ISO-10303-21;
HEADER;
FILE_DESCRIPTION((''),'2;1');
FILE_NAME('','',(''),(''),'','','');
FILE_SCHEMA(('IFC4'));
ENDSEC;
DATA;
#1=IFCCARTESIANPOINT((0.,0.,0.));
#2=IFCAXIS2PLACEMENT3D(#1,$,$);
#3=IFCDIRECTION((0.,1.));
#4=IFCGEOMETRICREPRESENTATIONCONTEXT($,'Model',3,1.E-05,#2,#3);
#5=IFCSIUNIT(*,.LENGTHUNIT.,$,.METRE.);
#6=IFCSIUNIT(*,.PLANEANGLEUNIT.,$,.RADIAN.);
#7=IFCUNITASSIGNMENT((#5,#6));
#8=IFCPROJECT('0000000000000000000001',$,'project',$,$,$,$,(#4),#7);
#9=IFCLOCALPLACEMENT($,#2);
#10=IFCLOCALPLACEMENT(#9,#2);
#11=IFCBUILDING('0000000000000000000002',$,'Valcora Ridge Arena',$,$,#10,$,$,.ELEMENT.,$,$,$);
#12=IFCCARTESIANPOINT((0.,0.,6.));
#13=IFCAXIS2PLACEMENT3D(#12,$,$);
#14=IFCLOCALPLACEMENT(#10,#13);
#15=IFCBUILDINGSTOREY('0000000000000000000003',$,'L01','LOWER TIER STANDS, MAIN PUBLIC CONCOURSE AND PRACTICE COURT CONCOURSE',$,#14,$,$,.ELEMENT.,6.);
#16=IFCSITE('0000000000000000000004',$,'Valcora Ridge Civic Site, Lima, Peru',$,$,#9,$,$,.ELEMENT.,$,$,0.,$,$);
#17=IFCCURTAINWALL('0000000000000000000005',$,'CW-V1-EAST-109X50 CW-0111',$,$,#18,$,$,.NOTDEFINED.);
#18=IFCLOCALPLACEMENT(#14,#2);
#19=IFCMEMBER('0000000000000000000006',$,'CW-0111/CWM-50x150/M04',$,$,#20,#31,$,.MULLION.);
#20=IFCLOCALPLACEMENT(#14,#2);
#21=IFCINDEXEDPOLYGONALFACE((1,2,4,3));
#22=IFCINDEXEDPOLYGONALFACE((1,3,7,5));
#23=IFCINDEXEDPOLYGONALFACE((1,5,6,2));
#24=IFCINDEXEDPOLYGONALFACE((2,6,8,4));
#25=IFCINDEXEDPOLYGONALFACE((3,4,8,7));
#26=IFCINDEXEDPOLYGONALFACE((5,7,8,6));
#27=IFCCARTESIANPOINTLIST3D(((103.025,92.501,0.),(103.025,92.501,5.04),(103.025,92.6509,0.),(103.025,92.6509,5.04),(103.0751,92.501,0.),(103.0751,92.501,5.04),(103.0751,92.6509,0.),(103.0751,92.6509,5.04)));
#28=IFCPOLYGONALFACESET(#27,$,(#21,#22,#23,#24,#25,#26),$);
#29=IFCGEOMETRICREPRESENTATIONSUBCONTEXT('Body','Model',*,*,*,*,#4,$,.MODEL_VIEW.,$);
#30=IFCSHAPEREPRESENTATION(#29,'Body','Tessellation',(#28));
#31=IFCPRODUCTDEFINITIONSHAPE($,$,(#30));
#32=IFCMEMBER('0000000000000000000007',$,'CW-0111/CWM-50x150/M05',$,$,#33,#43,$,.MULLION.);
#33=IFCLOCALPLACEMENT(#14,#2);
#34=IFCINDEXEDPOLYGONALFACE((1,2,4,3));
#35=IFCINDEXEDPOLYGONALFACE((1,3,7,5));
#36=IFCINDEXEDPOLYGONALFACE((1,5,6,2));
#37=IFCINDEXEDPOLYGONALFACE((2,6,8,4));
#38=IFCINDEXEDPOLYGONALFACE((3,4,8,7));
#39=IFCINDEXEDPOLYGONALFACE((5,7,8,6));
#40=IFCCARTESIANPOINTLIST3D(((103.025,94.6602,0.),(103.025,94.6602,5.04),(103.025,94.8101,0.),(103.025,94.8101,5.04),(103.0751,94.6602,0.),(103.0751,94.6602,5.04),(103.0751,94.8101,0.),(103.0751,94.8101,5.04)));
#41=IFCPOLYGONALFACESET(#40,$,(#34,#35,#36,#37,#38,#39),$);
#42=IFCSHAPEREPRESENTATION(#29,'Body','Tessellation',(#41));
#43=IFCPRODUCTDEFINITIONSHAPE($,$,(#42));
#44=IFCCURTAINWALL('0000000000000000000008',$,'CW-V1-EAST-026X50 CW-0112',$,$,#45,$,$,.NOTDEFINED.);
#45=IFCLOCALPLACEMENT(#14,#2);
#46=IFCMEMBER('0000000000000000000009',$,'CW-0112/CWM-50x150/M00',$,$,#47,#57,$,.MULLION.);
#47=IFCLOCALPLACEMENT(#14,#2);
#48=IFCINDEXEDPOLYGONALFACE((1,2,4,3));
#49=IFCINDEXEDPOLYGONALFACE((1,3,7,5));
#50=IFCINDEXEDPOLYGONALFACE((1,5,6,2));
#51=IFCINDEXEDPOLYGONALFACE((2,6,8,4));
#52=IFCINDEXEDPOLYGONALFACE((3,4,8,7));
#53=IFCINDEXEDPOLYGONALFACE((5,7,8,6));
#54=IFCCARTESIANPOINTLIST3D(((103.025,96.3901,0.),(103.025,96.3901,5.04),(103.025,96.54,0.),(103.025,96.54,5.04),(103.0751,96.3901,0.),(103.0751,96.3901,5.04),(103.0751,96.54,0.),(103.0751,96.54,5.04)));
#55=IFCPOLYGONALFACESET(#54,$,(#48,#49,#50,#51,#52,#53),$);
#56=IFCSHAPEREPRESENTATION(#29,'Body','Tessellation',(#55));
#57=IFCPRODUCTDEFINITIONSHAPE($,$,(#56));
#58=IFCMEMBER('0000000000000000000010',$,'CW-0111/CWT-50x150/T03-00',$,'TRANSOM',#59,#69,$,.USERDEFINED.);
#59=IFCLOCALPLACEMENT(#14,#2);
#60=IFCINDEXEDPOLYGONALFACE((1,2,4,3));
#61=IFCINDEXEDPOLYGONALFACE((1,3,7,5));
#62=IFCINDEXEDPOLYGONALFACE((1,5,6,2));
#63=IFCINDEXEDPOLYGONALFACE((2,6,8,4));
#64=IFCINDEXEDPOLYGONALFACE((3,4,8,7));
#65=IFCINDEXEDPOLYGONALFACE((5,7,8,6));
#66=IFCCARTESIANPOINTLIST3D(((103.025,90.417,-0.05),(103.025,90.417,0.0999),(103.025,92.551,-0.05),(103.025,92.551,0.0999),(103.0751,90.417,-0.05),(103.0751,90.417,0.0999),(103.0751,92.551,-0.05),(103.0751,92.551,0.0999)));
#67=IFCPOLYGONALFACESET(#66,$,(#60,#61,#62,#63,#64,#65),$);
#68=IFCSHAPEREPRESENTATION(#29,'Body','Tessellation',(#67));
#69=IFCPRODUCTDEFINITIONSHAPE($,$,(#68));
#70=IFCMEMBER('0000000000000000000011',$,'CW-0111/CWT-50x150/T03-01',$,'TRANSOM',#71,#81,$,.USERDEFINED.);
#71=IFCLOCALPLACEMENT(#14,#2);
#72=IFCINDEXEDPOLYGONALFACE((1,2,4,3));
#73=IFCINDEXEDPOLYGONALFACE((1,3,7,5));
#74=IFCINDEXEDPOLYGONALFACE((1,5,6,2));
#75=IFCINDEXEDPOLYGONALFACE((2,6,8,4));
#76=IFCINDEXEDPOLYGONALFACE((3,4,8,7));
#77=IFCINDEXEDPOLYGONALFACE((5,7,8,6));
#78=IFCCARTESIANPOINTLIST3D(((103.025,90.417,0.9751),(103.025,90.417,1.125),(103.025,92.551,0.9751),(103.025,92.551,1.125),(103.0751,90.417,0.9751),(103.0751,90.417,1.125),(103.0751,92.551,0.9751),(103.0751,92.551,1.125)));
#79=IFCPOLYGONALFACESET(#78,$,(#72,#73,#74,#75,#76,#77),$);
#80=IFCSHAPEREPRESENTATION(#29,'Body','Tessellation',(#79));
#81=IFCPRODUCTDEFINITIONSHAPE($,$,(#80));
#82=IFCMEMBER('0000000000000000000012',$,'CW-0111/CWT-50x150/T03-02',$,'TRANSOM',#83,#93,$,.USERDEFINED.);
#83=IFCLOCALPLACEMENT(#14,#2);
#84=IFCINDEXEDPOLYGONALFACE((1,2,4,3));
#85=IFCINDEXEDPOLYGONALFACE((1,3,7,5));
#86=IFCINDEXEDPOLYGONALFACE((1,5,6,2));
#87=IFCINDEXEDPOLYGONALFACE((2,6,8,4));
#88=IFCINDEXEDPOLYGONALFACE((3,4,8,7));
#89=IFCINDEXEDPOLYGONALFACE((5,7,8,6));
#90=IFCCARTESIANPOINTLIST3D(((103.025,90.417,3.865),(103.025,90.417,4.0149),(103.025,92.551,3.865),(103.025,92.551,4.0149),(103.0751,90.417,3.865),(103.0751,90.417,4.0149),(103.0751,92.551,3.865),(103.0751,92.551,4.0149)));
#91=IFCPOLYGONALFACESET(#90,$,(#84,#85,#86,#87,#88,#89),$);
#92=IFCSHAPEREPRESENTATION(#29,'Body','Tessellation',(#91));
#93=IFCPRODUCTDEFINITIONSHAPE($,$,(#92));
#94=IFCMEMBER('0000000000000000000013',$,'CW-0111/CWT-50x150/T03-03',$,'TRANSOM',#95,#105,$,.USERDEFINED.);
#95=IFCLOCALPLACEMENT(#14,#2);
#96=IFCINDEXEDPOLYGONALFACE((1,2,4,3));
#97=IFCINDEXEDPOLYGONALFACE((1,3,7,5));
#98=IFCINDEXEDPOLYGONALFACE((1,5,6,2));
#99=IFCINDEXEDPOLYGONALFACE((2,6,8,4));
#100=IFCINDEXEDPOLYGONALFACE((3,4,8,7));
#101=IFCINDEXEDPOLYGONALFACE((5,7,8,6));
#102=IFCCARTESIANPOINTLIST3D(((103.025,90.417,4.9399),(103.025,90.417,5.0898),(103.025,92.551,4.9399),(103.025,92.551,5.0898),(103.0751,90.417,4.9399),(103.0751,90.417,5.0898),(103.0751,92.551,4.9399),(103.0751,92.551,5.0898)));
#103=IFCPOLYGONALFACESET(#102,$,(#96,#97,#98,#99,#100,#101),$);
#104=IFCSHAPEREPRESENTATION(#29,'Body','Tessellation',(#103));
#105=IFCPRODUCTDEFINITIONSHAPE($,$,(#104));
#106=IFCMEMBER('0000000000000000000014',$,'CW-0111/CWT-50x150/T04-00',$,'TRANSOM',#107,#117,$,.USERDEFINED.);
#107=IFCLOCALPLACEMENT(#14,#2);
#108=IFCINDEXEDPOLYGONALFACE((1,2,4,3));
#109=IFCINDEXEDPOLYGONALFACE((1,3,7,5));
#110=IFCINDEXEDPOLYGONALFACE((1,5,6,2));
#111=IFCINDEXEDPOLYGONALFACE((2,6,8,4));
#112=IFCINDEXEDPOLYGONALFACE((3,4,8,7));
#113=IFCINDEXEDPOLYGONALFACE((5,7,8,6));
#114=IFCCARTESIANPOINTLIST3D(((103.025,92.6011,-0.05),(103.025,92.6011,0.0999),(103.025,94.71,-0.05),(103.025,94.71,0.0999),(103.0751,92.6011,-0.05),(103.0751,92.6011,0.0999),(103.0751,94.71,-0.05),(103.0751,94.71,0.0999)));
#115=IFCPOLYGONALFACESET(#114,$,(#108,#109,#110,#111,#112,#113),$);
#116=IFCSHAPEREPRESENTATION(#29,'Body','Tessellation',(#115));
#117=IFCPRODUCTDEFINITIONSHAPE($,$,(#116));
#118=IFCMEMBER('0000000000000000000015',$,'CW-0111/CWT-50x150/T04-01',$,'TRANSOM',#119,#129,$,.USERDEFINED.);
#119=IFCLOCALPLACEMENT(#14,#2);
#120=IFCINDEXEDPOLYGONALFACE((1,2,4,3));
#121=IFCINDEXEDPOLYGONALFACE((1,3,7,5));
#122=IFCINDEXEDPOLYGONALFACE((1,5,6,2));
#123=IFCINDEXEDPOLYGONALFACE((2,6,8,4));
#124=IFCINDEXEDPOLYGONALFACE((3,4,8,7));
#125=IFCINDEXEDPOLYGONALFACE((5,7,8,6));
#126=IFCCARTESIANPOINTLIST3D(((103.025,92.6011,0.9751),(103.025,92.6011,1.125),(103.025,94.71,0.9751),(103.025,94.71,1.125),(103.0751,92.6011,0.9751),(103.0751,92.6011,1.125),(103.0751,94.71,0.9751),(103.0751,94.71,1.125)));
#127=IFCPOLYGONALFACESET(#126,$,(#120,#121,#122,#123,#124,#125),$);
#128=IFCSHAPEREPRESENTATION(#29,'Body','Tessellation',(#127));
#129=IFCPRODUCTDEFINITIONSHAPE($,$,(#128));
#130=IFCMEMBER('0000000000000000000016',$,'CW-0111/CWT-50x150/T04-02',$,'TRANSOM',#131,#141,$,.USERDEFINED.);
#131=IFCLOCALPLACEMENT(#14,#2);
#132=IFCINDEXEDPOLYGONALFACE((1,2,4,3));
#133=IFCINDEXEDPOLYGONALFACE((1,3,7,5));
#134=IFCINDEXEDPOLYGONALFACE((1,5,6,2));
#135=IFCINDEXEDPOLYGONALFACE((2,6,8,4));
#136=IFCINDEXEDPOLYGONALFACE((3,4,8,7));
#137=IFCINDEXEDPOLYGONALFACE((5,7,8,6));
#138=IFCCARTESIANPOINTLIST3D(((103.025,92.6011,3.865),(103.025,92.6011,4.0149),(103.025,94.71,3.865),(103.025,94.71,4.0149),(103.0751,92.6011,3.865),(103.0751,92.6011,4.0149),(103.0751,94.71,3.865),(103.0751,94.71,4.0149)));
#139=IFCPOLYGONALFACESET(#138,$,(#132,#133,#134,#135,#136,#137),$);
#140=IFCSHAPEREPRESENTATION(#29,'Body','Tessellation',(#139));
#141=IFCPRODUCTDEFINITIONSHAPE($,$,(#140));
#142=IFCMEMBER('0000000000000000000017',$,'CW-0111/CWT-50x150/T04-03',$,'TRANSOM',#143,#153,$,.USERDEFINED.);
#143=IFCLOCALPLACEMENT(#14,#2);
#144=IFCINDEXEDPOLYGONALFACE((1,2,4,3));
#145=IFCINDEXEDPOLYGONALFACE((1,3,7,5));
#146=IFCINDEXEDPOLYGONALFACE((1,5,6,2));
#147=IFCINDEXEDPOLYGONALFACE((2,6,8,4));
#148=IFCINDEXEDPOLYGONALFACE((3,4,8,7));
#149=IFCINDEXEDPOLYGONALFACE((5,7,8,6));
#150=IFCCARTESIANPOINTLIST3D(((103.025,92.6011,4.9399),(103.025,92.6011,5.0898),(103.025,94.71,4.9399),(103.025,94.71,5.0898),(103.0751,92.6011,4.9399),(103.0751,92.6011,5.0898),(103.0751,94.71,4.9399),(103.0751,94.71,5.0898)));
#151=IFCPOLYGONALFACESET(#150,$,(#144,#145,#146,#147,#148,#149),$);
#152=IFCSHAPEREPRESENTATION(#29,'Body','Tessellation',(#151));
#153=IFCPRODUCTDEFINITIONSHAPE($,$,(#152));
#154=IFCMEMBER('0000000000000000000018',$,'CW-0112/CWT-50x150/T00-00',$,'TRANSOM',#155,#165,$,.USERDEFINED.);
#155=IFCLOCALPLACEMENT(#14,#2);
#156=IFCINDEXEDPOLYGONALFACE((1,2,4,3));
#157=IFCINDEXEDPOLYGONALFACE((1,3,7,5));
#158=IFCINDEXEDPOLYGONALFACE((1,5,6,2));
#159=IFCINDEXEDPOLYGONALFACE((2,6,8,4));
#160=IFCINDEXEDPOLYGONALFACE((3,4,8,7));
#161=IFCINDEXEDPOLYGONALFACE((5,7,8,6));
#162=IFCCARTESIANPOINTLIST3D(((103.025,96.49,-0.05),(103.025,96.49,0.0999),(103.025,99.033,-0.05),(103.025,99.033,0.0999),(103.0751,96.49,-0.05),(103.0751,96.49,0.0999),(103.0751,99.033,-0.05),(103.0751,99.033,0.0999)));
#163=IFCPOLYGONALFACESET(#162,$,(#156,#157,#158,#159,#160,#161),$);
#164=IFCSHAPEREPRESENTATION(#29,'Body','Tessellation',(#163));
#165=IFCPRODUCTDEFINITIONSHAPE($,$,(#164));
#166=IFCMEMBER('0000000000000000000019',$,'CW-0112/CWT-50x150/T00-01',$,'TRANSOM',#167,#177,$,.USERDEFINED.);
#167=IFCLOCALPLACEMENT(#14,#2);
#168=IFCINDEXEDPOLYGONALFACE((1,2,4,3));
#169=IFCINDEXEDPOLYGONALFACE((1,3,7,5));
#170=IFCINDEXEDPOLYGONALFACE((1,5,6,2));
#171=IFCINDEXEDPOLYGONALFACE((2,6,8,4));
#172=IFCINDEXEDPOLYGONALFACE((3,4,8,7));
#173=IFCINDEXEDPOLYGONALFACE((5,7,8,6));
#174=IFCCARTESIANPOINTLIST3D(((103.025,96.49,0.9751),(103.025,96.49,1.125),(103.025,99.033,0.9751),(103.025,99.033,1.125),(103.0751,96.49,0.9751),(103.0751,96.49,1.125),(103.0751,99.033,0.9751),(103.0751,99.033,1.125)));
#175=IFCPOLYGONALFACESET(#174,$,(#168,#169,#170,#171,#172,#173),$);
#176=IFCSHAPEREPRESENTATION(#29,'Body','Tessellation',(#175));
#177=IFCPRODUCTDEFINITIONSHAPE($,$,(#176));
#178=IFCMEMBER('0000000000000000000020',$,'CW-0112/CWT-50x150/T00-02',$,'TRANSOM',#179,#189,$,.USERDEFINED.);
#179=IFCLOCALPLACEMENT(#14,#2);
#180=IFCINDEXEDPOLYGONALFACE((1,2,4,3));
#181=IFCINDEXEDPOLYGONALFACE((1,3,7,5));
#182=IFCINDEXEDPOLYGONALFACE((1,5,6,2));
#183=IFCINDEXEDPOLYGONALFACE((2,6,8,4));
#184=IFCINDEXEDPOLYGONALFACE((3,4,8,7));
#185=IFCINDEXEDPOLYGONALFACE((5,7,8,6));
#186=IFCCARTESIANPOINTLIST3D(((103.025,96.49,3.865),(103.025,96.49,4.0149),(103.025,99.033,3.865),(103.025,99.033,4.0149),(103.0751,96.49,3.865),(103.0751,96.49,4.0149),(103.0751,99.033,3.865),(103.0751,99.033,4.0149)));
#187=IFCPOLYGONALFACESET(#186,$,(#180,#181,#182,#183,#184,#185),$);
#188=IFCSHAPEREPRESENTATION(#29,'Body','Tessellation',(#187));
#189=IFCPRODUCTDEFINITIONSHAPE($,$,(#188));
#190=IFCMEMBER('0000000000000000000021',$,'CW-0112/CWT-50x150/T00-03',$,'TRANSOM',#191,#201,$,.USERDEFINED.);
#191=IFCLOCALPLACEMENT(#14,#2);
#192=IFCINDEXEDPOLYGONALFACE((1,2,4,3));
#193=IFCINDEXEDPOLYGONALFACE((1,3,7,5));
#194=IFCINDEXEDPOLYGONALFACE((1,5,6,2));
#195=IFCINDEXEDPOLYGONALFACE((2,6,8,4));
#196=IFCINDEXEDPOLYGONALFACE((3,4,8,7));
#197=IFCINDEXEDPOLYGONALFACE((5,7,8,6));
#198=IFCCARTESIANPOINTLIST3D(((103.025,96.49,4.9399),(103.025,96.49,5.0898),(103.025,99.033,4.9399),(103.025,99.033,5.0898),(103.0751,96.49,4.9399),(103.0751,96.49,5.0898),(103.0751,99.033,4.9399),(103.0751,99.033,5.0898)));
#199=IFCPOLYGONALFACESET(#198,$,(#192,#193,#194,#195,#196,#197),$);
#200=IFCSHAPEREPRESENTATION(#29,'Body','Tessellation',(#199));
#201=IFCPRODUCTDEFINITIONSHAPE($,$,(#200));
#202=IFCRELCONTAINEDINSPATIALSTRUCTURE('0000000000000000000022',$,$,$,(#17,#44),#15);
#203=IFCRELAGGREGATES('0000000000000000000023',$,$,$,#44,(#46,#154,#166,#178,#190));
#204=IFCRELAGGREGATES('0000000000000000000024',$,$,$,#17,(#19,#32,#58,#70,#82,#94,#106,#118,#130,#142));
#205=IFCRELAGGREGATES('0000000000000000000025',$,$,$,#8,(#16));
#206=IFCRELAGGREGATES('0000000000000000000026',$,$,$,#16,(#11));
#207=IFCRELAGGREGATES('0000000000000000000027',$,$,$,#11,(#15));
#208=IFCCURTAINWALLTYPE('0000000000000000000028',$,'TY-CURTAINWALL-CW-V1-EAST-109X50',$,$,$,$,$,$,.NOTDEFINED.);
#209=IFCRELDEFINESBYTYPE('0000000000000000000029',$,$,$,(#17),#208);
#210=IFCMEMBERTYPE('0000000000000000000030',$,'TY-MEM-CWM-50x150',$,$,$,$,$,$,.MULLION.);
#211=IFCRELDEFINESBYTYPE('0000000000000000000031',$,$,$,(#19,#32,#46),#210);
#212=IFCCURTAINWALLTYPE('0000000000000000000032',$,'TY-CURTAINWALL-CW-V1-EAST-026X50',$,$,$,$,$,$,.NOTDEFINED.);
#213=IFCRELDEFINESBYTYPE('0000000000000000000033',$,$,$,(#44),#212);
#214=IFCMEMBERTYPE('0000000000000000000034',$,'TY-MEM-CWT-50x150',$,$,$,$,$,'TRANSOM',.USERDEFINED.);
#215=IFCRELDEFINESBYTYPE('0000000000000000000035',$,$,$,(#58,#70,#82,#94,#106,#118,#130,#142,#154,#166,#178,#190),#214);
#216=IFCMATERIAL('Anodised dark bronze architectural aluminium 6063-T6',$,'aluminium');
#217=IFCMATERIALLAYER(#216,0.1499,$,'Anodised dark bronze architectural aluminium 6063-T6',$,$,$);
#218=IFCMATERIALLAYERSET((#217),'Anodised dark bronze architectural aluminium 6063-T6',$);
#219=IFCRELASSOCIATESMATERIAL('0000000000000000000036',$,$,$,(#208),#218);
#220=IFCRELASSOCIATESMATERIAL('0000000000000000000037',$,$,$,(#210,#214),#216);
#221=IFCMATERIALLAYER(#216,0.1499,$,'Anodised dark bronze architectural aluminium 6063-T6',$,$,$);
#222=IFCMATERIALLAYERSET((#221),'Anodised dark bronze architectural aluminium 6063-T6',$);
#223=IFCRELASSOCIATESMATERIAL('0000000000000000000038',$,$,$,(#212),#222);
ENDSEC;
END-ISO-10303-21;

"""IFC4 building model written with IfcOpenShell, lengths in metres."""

from ifc_helpers import new_model, si_unit, direction, frame, origin, origin_2d, place, context, subcontext, project, spatial, rectangle, extrude, material, layer, layer_set, material_profile, profile_set, type_object, element, aggregate, save


model = new_model("IFC4")

# Units and contexts
model_context = context("Model", 3, precision=1e-05, world=origin(), true_north=direction((0.0, 1.0)))
body_context = subcontext(model_context, "Body", "Model", "MODEL_VIEW")
ifc_project = project(units=[si_unit("LENGTHUNIT", "METRE"), si_unit("PLANEANGLEUNIT", "RADIAN")], contexts=[model_context])

# Site, building, storey
site_placement = place(None, origin())
site = spatial("IfcSite", under=ifc_project, at=site_placement, Name="Valcora Ridge Civic Site, Lima, Peru", CompositionType="ELEMENT", RefElevation=0.0)
building_placement = place(site_placement, origin())
building = spatial("IfcBuilding", under=site, at=building_placement, Name="Valcora Ridge Arena", CompositionType="ELEMENT")
storey_placement = place(building_placement, frame((0.0, 0.0, 6.0)))
storey = spatial("IfcBuildingStorey", under=building, at=storey_placement, Name="L01", Description="LOWER TIER STANDS, MAIN PUBLIC CONCOURSE AND PRACTICE COURT CONCOURSE", CompositionType="ELEMENT", Elevation=6.0)

# Curtain wall, members
ifc_material_1 = material(Name="Anodised dark bronze architectural aluminium 6063-T6", Category="aluminium")
ifc_layer_1 = layer(ifc_material_1, 0.1499, Name="Anodised dark bronze architectural aluminium 6063-T6")
ifc_layer_set_1 = layer_set([ifc_layer_1], Name="Anodised dark bronze architectural aluminium 6063-T6")
curtain_wall_type_1 = type_object("IfcCurtainWallType", Name="TY-CURTAINWALL-CW-V1-EAST-109X50", PredefinedType="NOTDEFINED", material=ifc_layer_set_1)
curtain_wall_1_placement = place(storey_placement, origin())
curtain_wall_1 = element("IfcCurtainWall", 1, at=curtain_wall_1_placement, inside=storey, type_object=curtain_wall_type_1, Name="CW-V1-EAST-109X50 CW-0111", PredefinedType="NOTDEFINED")
ifc_material_profile_1 = material_profile(ifc_material_1, rectangle(XDim=0.05, YDim=0.1499, at=origin_2d()), Name="ALU MULLION 50x150")
ifc_profile_set_1 = profile_set([ifc_material_profile_1], Name="Anodised dark bronze architectural aluminium 6063-T6")
member_type_1 = type_object("IfcMemberType", Name="TY-MEM-CWM-50x150", PredefinedType="MULLION", material=ifc_profile_set_1)
member_1_placement = place(storey_placement, frame((103.05, 92.5759, 0.0), z_axis=(0.0, 0.0, 1.0), x_axis=(-1.0, 0.0, 0.0)))
member_1 = element("IfcMember", 2, at=member_1_placement, type_object=member_type_1, Name="CW-0111/CWM-50x150/M04", PredefinedType="MULLION", context=body_context, shape_type="SweptSolid", body=[
    extrude(rectangle(XDim=0.05, YDim=0.1499, at=origin_2d()), origin(), (0.0, 0.0, 1.0), 5.04),
])
member_2_placement = place(storey_placement, frame((103.05, 94.7351, 0.0), z_axis=(0.0, 0.0, 1.0), x_axis=(-1.0, 0.0, 0.0)))
member_2 = element("IfcMember", 3, at=member_2_placement, type_object=member_type_1, Name="CW-0111/CWM-50x150/M05", PredefinedType="MULLION", context=body_context, shape_type="SweptSolid", body=[
    extrude(rectangle(XDim=0.05, YDim=0.1499, at=origin_2d()), origin(), (0.0, 0.0, 1.0), 5.04),
])

# Curtain wall, member
ifc_layer_2 = layer(ifc_material_1, 0.1499, Name="Anodised dark bronze architectural aluminium 6063-T6")
ifc_layer_set_2 = layer_set([ifc_layer_2], Name="Anodised dark bronze architectural aluminium 6063-T6")
curtain_wall_type_2 = type_object("IfcCurtainWallType", Name="TY-CURTAINWALL-CW-V1-EAST-026X50", PredefinedType="NOTDEFINED", material=ifc_layer_set_2)
curtain_wall_2_placement = place(storey_placement, origin())
curtain_wall_2 = element("IfcCurtainWall", 4, at=curtain_wall_2_placement, inside=storey, type_object=curtain_wall_type_2, Name="CW-V1-EAST-026X50 CW-0112", PredefinedType="NOTDEFINED")
member_3_placement = place(storey_placement, frame((103.05, 96.4651, 0.0), z_axis=(0.0, 0.0, 1.0), x_axis=(-1.0, 0.0, 0.0)))
member_3 = element("IfcMember", 5, at=member_3_placement, type_object=member_type_1, Name="CW-0112/CWM-50x150/M00", PredefinedType="MULLION", context=body_context, shape_type="SweptSolid", body=[
    extrude(rectangle(XDim=0.05, YDim=0.1499, at=origin_2d()), origin(), (0.0, 0.0, 1.0), 5.04),
])

# Members
ifc_material_profile_2 = material_profile(ifc_material_1, rectangle(XDim=0.05, YDim=0.1499, at=origin_2d()), Name="ALU TRANSOM 50x150")
ifc_profile_set_2 = profile_set([ifc_material_profile_2], Name="Anodised dark bronze architectural aluminium 6063-T6")
member_type_2 = type_object("IfcMemberType", Name="TY-MEM-CWT-50x150", ElementType="TRANSOM", PredefinedType="USERDEFINED", material=ifc_profile_set_2)
member_4_placement = place(storey_placement, frame((103.05, 90.417, 0.0249), z_axis=(0.0, 1.0, 0.0), x_axis=(-1.0, 0.0, 0.0)))
member_4 = element("IfcMember", 6, at=member_4_placement, type_object=member_type_2, Name="CW-0111/CWT-50x150/T03-00", ObjectType="TRANSOM", PredefinedType="USERDEFINED", context=body_context, shape_type="SweptSolid", body=[
    extrude(rectangle(XDim=0.05, YDim=0.1499, at=origin_2d()), origin(), (0.0, 0.0, 1.0), 2.134),
])
member_5_placement = place(storey_placement, frame((103.05, 90.417, 1.05), z_axis=(0.0, 1.0, 0.0), x_axis=(-1.0, 0.0, 0.0)))
member_5 = element("IfcMember", 7, at=member_5_placement, type_object=member_type_2, Name="CW-0111/CWT-50x150/T03-01", ObjectType="TRANSOM", PredefinedType="USERDEFINED", context=body_context, shape_type="SweptSolid", body=[
    extrude(rectangle(XDim=0.05, YDim=0.1499, at=origin_2d()), origin(), (0.0, 0.0, 1.0), 2.134),
])
member_6_placement = place(storey_placement, frame((103.05, 90.417, 3.9399), z_axis=(0.0, 1.0, 0.0), x_axis=(-1.0, 0.0, 0.0)))
member_6 = element("IfcMember", 8, at=member_6_placement, type_object=member_type_2, Name="CW-0111/CWT-50x150/T03-02", ObjectType="TRANSOM", PredefinedType="USERDEFINED", context=body_context, shape_type="SweptSolid", body=[
    extrude(rectangle(XDim=0.05, YDim=0.1499, at=origin_2d()), origin(), (0.0, 0.0, 1.0), 2.134),
])
member_7_placement = place(storey_placement, frame((103.05, 90.417, 5.0149), z_axis=(0.0, 1.0, 0.0), x_axis=(-1.0, 0.0, 0.0)))
member_7 = element("IfcMember", 9, at=member_7_placement, type_object=member_type_2, Name="CW-0111/CWT-50x150/T03-03", ObjectType="TRANSOM", PredefinedType="USERDEFINED", context=body_context, shape_type="SweptSolid", body=[
    extrude(rectangle(XDim=0.05, YDim=0.1499, at=origin_2d()), origin(), (0.0, 0.0, 1.0), 2.134),
])
member_8_placement = place(storey_placement, frame((103.05, 92.6011, 0.0249), z_axis=(0.0, 1.0, 0.0), x_axis=(-1.0, 0.0, 0.0)))
member_8 = element("IfcMember", 10, at=member_8_placement, type_object=member_type_2, Name="CW-0111/CWT-50x150/T04-00", ObjectType="TRANSOM", PredefinedType="USERDEFINED", context=body_context, shape_type="SweptSolid", body=[
    extrude(rectangle(XDim=0.05, YDim=0.1499, at=origin_2d()), origin(), (0.0, 0.0, 1.0), 2.1089),
])
member_9_placement = place(storey_placement, frame((103.05, 92.6011, 1.05), z_axis=(0.0, 1.0, 0.0), x_axis=(-1.0, 0.0, 0.0)))
member_9 = element("IfcMember", 11, at=member_9_placement, type_object=member_type_2, Name="CW-0111/CWT-50x150/T04-01", ObjectType="TRANSOM", PredefinedType="USERDEFINED", context=body_context, shape_type="SweptSolid", body=[
    extrude(rectangle(XDim=0.05, YDim=0.1499, at=origin_2d()), origin(), (0.0, 0.0, 1.0), 2.1089),
])
member_10_placement = place(storey_placement, frame((103.05, 92.6011, 3.9399), z_axis=(0.0, 1.0, 0.0), x_axis=(-1.0, 0.0, 0.0)))
member_10 = element("IfcMember", 12, at=member_10_placement, type_object=member_type_2, Name="CW-0111/CWT-50x150/T04-02", ObjectType="TRANSOM", PredefinedType="USERDEFINED", context=body_context, shape_type="SweptSolid", body=[
    extrude(rectangle(XDim=0.05, YDim=0.1499, at=origin_2d()), origin(), (0.0, 0.0, 1.0), 2.1089),
])
member_11_placement = place(storey_placement, frame((103.05, 92.6011, 5.0149), z_axis=(0.0, 1.0, 0.0), x_axis=(-1.0, 0.0, 0.0)))
member_11 = element("IfcMember", 13, at=member_11_placement, type_object=member_type_2, Name="CW-0111/CWT-50x150/T04-03", ObjectType="TRANSOM", PredefinedType="USERDEFINED", context=body_context, shape_type="SweptSolid", body=[
    extrude(rectangle(XDim=0.05, YDim=0.1499, at=origin_2d()), origin(), (0.0, 0.0, 1.0), 2.1089),
])
member_12_placement = place(storey_placement, frame((103.05, 96.49, 0.0249), z_axis=(0.0, 1.0, 0.0), x_axis=(-1.0, 0.0, 0.0)))
member_12 = element("IfcMember", 14, at=member_12_placement, type_object=member_type_2, Name="CW-0112/CWT-50x150/T00-00", ObjectType="TRANSOM", PredefinedType="USERDEFINED", context=body_context, shape_type="SweptSolid", body=[
    extrude(rectangle(XDim=0.05, YDim=0.1499, at=origin_2d()), origin(), (0.0, 0.0, 1.0), 2.543),
])
member_13_placement = place(storey_placement, frame((103.05, 96.49, 1.05), z_axis=(0.0, 1.0, 0.0), x_axis=(-1.0, 0.0, 0.0)))
member_13 = element("IfcMember", 15, at=member_13_placement, type_object=member_type_2, Name="CW-0112/CWT-50x150/T00-01", ObjectType="TRANSOM", PredefinedType="USERDEFINED", context=body_context, shape_type="SweptSolid", body=[
    extrude(rectangle(XDim=0.05, YDim=0.1499, at=origin_2d()), origin(), (0.0, 0.0, 1.0), 2.543),
])
member_14_placement = place(storey_placement, frame((103.05, 96.49, 3.9399), z_axis=(0.0, 1.0, 0.0), x_axis=(-1.0, 0.0, 0.0)))
member_14 = element("IfcMember", 16, at=member_14_placement, type_object=member_type_2, Name="CW-0112/CWT-50x150/T00-02", ObjectType="TRANSOM", PredefinedType="USERDEFINED", context=body_context, shape_type="SweptSolid", body=[
    extrude(rectangle(XDim=0.05, YDim=0.1499, at=origin_2d()), origin(), (0.0, 0.0, 1.0), 2.543),
])
member_15_placement = place(storey_placement, frame((103.05, 96.49, 5.0149), z_axis=(0.0, 1.0, 0.0), x_axis=(-1.0, 0.0, 0.0)))
member_15 = element("IfcMember", 17, at=member_15_placement, type_object=member_type_2, Name="CW-0112/CWT-50x150/T00-03", ObjectType="TRANSOM", PredefinedType="USERDEFINED", context=body_context, shape_type="SweptSolid", body=[
    extrude(rectangle(XDim=0.05, YDim=0.1499, at=origin_2d()), origin(), (0.0, 0.0, 1.0), 2.543),
])
aggregate(curtain_wall_2, [member_3, member_12, member_13, member_14, member_15])

aggregate(curtain_wall_1, [member_1, member_2, member_4, member_5, member_6, member_7, member_8, member_9, member_10, member_11])

save(model, "model.ifc")
